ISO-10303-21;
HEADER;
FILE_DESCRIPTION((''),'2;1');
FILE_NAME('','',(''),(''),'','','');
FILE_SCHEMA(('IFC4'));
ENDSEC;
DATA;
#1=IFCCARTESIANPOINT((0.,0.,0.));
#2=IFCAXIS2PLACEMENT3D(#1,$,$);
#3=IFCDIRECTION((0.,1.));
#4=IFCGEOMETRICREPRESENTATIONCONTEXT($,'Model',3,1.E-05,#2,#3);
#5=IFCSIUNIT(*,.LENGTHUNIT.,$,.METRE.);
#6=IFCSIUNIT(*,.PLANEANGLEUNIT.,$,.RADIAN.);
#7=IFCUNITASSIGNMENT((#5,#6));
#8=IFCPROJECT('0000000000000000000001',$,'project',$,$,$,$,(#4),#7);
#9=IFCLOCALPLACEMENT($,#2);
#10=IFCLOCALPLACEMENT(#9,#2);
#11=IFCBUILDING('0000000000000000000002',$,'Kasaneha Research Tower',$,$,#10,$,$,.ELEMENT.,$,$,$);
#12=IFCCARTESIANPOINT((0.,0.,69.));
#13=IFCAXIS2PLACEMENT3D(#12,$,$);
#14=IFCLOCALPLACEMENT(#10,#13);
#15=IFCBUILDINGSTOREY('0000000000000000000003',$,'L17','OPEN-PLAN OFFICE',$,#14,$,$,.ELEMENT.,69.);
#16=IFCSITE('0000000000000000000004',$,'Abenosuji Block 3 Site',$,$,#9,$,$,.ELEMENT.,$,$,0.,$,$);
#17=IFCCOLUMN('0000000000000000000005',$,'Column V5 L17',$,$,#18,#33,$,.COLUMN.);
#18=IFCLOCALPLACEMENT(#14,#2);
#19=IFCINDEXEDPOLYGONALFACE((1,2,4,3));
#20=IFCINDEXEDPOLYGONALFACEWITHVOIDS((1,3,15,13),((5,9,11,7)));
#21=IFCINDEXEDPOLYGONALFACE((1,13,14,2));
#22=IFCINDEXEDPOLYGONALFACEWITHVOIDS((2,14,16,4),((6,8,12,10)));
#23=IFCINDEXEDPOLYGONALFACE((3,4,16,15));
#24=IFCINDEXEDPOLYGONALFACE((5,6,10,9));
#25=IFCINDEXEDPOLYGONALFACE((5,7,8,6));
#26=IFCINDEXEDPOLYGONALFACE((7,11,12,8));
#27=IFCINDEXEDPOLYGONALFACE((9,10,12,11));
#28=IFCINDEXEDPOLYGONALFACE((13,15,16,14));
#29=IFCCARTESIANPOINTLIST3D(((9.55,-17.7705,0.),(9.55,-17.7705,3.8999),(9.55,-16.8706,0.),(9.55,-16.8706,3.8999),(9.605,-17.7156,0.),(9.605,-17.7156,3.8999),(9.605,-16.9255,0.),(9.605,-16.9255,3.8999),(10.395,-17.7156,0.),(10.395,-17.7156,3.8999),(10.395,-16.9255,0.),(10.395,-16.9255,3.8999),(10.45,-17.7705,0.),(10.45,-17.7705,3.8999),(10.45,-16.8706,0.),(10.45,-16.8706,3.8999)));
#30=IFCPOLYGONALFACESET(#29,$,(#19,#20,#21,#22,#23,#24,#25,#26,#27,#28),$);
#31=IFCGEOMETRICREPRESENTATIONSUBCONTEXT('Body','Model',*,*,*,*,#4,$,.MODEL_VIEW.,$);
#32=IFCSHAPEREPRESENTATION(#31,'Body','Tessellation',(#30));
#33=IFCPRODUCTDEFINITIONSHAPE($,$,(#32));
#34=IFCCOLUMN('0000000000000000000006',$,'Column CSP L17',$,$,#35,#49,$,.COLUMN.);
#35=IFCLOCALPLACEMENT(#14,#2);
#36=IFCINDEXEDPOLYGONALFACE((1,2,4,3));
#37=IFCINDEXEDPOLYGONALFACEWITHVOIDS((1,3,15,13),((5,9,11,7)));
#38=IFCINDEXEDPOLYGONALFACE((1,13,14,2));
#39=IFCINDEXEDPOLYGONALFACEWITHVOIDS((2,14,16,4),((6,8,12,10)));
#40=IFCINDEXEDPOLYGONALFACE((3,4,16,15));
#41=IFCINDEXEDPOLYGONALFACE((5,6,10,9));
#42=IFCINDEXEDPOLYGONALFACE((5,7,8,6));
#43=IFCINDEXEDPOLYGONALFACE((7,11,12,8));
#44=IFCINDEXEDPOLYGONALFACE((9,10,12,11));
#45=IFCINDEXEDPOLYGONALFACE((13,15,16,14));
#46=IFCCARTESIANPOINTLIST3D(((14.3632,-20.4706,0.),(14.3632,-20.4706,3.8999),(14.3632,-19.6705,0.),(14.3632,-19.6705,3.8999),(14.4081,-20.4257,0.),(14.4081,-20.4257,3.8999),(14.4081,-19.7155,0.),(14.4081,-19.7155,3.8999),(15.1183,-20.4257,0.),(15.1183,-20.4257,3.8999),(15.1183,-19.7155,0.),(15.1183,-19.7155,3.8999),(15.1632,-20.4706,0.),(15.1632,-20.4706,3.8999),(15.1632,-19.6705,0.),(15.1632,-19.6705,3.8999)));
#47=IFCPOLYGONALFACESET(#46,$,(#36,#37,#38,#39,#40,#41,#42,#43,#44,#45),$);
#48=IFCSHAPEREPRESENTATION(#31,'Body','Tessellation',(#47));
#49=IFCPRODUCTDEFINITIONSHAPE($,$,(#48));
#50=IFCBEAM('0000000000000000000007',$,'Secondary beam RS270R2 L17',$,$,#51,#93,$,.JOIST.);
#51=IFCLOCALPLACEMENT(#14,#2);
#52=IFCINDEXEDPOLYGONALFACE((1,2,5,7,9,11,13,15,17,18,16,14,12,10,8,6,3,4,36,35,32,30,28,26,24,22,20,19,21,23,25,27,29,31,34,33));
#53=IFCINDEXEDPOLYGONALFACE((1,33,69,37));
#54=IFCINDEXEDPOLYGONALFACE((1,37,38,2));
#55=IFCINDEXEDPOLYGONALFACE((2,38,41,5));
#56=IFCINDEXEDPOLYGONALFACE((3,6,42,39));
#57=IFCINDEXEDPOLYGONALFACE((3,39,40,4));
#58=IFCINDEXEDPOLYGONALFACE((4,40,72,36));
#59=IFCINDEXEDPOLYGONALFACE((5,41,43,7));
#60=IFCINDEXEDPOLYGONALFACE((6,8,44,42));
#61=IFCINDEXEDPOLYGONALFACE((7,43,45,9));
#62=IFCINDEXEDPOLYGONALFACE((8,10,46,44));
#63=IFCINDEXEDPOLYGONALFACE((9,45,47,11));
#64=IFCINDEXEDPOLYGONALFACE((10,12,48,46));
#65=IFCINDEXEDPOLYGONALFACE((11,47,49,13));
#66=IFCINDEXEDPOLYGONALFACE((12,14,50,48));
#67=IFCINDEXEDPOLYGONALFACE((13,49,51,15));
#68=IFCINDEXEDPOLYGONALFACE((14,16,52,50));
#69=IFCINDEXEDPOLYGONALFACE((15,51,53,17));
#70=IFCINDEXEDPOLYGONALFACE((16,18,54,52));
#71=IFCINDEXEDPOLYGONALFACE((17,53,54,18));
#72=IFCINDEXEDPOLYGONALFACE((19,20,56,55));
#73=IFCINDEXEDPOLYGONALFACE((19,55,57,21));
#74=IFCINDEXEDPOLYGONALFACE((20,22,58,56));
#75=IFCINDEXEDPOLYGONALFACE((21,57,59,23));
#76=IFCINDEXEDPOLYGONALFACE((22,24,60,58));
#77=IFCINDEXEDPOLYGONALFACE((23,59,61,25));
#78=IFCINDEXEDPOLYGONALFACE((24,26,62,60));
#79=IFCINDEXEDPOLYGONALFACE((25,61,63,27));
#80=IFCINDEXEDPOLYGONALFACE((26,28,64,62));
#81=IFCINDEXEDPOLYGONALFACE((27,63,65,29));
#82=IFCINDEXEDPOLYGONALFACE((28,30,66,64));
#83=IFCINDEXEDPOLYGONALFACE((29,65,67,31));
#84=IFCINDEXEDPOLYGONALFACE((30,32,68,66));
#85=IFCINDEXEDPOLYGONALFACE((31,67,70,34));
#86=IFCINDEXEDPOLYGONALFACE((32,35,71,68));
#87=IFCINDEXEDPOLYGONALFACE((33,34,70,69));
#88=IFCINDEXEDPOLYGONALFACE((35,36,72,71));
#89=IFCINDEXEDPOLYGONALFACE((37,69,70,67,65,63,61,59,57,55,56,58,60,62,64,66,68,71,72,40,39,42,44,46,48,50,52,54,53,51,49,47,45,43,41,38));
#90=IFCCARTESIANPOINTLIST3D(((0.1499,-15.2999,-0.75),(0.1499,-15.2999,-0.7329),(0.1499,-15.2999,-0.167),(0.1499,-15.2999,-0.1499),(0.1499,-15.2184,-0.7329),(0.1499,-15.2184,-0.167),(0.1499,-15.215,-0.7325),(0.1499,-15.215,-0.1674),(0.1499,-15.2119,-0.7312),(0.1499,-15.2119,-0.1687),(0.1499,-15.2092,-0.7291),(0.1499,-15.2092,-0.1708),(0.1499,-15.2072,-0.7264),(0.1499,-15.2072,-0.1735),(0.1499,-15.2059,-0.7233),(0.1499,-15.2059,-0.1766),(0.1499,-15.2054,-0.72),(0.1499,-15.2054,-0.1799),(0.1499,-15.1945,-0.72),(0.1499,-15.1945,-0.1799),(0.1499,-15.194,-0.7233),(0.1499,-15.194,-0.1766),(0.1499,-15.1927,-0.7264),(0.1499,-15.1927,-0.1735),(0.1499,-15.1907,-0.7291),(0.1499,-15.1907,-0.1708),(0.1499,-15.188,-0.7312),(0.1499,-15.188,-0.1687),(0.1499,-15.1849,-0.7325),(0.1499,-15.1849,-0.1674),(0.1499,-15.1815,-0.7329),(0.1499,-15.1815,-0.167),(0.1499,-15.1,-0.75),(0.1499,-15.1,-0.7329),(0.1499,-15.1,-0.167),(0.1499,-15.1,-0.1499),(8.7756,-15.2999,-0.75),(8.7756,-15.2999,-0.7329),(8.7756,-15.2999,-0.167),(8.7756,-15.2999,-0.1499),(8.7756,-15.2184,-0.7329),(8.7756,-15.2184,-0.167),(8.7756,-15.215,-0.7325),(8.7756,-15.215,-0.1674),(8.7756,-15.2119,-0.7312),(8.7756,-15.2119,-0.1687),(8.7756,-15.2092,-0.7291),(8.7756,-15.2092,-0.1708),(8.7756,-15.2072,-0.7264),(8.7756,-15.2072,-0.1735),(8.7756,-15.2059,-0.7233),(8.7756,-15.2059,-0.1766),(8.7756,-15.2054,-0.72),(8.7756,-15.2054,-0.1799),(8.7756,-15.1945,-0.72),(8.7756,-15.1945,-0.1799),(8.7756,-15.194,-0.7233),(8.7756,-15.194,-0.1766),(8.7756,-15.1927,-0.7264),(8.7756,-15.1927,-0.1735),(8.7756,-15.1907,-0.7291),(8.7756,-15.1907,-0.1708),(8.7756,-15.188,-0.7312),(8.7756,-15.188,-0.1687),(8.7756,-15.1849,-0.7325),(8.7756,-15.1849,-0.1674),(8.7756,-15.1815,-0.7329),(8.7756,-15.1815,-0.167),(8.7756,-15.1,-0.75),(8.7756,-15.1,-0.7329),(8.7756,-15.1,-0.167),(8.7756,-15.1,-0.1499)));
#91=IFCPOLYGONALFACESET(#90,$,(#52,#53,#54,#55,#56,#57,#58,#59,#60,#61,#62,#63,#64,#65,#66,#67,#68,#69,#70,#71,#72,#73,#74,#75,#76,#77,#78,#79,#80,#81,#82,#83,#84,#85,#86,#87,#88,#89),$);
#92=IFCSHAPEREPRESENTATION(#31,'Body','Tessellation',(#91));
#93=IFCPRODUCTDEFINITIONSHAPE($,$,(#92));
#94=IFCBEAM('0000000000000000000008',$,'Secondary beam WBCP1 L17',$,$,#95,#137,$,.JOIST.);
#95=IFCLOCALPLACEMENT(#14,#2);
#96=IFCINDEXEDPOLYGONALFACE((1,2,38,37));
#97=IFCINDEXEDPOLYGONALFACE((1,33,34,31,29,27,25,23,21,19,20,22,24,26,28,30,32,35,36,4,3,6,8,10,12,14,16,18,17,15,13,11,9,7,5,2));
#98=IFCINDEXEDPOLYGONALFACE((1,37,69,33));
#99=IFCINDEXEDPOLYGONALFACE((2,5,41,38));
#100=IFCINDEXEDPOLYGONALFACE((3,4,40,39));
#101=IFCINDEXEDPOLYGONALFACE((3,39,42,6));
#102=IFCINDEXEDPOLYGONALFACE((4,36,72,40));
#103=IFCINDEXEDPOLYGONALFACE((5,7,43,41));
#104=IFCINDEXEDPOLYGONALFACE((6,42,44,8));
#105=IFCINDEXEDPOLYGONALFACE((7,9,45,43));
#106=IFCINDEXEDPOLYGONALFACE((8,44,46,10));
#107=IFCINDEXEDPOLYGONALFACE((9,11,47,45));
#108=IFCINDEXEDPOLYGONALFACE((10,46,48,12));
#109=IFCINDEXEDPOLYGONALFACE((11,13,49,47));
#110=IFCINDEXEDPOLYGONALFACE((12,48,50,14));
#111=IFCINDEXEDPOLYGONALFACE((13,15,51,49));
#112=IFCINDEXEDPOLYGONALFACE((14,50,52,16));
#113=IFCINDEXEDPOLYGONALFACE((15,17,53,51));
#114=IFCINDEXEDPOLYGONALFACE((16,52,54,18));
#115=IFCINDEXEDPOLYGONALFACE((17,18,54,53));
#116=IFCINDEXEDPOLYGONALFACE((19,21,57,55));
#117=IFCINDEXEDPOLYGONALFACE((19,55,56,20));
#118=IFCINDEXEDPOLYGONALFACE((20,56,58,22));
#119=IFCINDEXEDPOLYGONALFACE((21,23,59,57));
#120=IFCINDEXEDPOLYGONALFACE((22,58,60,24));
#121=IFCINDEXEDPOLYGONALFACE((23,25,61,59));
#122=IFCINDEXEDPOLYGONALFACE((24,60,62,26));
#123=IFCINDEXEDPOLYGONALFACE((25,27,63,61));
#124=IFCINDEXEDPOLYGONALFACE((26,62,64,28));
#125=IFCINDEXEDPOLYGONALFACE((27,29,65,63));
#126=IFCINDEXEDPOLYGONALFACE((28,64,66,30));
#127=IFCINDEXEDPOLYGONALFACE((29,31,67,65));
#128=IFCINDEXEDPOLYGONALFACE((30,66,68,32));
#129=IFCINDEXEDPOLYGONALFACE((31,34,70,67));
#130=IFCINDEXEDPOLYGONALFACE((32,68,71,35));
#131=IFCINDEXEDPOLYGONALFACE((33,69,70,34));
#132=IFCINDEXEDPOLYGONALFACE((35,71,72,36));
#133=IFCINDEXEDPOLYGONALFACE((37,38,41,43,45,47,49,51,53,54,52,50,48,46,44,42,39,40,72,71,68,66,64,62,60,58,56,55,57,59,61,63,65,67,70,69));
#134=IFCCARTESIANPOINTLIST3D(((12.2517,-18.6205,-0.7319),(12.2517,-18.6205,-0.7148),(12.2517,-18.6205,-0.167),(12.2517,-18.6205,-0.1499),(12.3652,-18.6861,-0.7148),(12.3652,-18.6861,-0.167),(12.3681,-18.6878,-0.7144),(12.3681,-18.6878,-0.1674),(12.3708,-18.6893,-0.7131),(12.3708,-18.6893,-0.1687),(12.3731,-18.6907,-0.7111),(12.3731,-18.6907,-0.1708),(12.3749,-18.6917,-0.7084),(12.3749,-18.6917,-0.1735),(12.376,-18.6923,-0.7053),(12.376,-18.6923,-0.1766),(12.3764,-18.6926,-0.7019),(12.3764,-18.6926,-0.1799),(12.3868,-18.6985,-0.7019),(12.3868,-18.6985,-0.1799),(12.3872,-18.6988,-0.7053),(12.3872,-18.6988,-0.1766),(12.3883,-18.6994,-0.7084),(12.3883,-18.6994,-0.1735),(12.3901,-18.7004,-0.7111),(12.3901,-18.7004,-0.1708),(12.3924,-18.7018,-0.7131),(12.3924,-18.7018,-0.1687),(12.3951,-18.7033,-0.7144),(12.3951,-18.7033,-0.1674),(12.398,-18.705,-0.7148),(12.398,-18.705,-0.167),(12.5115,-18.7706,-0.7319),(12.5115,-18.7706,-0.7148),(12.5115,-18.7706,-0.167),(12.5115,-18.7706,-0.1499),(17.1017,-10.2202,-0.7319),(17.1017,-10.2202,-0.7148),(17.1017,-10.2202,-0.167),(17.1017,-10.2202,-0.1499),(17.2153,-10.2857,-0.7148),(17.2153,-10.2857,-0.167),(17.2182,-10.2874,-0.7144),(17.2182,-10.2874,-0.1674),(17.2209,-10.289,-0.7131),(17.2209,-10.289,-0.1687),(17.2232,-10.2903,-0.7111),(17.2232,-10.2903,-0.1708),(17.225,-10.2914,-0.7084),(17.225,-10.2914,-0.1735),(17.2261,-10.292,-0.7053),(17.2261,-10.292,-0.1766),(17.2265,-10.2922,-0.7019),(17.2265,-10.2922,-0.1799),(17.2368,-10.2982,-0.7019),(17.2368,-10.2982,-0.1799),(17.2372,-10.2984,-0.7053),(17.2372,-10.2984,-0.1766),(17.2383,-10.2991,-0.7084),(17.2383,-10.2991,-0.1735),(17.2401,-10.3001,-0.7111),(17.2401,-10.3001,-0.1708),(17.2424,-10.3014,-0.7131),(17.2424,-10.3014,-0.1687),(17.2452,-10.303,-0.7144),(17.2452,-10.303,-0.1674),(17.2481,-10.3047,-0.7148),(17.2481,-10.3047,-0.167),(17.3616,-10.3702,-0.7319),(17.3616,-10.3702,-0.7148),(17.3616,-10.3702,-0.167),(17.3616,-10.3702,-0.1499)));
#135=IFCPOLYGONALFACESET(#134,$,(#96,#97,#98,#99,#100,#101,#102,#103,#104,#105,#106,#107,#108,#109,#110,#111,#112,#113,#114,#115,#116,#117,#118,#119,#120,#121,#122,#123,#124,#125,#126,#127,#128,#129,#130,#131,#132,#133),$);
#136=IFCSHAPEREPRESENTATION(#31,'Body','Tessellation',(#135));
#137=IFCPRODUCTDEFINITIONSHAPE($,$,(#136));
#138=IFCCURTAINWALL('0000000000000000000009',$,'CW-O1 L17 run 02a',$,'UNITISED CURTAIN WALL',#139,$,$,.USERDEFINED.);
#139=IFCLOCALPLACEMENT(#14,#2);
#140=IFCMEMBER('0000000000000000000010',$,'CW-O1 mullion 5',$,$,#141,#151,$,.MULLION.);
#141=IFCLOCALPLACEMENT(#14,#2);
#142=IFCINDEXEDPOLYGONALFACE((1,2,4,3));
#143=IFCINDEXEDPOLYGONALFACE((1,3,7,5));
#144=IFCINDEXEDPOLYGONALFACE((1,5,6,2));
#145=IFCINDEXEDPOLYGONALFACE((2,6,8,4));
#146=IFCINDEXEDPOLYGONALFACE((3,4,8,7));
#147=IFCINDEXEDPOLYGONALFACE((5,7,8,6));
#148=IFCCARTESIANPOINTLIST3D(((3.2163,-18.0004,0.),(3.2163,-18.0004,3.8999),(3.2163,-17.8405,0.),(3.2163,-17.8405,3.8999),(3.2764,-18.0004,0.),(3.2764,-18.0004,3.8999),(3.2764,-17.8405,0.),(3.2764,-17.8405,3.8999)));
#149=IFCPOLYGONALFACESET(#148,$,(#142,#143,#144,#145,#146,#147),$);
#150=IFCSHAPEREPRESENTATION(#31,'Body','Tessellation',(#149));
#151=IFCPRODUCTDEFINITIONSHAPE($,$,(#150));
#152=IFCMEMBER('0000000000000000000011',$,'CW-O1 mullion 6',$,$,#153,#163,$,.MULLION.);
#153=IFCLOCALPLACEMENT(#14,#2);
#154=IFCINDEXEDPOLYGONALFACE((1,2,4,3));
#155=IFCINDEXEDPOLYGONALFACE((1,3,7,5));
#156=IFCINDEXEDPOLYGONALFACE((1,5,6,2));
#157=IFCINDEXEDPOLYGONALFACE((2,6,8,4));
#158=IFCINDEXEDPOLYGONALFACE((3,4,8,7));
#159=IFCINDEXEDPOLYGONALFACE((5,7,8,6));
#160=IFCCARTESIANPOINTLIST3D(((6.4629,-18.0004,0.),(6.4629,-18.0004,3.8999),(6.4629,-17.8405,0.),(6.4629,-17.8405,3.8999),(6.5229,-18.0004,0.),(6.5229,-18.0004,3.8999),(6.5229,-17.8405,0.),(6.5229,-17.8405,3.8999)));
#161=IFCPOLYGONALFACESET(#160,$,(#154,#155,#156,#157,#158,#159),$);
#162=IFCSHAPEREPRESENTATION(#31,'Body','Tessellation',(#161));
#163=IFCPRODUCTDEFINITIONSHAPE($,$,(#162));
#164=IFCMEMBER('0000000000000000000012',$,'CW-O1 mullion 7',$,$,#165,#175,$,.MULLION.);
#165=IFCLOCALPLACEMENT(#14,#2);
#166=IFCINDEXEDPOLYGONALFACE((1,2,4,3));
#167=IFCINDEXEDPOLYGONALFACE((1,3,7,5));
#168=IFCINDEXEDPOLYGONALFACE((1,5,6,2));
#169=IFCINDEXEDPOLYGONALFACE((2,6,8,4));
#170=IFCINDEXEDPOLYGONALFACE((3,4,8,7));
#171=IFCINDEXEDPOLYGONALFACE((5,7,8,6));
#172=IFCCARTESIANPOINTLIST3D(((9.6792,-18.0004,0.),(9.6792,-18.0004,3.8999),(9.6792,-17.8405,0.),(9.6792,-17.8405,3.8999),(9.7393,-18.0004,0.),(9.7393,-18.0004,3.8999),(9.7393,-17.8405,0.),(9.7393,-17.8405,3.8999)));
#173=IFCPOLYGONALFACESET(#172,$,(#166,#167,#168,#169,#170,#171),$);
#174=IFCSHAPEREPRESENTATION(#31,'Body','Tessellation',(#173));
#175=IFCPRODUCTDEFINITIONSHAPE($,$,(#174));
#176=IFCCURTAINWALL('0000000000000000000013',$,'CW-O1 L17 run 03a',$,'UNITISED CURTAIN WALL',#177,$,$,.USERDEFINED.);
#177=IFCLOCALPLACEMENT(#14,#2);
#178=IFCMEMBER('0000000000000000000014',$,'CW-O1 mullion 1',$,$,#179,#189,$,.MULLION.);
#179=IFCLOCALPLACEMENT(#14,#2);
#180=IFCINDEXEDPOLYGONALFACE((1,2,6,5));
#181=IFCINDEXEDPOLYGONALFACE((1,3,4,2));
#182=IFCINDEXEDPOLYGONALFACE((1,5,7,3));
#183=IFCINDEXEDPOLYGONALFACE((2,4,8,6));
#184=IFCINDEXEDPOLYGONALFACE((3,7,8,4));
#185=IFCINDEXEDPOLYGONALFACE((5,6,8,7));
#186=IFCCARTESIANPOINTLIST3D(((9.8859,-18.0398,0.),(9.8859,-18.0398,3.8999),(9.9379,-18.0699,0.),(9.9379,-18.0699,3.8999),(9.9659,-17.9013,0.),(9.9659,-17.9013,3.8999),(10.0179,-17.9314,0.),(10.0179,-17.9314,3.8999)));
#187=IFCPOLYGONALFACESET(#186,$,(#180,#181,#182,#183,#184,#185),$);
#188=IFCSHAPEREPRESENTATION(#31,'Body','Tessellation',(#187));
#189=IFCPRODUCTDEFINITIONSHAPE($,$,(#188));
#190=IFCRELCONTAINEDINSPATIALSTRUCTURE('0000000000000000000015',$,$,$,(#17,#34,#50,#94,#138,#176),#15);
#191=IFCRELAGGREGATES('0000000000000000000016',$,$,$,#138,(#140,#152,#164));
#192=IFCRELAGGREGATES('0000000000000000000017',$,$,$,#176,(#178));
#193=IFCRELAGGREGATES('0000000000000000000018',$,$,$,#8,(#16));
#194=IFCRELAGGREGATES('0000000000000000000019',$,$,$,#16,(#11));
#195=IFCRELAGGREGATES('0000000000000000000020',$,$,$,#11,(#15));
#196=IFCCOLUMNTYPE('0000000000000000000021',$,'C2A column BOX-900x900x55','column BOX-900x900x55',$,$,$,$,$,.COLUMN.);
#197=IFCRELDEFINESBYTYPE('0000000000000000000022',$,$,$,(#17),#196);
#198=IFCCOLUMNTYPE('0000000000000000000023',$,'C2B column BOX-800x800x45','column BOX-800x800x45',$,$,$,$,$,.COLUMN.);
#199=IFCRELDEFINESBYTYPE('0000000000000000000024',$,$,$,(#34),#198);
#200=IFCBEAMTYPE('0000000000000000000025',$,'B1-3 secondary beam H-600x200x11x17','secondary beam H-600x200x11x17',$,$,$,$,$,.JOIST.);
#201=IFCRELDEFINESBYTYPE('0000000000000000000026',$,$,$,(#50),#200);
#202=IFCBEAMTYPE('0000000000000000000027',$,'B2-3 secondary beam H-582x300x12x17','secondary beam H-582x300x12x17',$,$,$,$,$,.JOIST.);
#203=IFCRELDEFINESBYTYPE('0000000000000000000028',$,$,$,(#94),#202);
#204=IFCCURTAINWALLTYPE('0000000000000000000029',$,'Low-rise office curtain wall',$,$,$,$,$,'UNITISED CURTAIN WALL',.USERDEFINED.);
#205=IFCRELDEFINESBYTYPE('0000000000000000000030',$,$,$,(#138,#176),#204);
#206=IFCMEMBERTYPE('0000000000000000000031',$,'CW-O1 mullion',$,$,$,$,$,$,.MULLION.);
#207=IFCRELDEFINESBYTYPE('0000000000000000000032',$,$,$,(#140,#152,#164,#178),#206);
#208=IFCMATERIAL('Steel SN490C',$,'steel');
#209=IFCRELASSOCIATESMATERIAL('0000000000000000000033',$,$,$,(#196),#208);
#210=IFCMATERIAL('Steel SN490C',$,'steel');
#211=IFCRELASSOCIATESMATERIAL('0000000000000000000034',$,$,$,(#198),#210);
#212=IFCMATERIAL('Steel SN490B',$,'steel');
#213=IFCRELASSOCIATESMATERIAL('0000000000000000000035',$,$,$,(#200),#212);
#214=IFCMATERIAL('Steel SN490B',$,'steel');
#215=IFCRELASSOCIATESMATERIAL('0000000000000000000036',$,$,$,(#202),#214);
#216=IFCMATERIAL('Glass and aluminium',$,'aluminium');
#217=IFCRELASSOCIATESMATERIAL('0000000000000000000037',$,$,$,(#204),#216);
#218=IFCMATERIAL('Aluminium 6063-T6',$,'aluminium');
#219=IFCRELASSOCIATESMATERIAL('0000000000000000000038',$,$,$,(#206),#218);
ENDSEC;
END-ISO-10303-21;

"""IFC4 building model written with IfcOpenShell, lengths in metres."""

from ifc_helpers import new_model, si_unit, direction, frame, origin, origin_2d, place, context, subcontext, project, spatial, rectangle, hollow_rectangle, i_section, extrude, material, material_profile, profile_set, type_object, element, aggregate, save


model = new_model("IFC4")

# Units and contexts
model_context = context("Model", 3, precision=1e-05, world=origin(), true_north=direction((0.0, 1.0)))
body_context = subcontext(model_context, "Body", "Model", "MODEL_VIEW")
ifc_project = project(units=[si_unit("LENGTHUNIT", "METRE"), si_unit("PLANEANGLEUNIT", "RADIAN")], contexts=[model_context])

# Site, building, storey
site_placement = place(None, origin())
site = spatial("IfcSite", under=ifc_project, at=site_placement, Name="Abenosuji Block 3 Site", CompositionType="ELEMENT", RefElevation=0.0)
building_placement = place(site_placement, origin())
building = spatial("IfcBuilding", under=site, at=building_placement, Name="Kasaneha Research Tower", CompositionType="ELEMENT")
storey_placement = place(building_placement, frame((0.0, 0.0, 69.0)))
storey = spatial("IfcBuildingStorey", under=building, at=storey_placement, Name="L17", Description="OPEN-PLAN OFFICE", CompositionType="ELEMENT", Elevation=69.0)

# Columns
ifc_material_1 = material(Name="Steel SN490C", Category="steel")
ifc_material_profile_1 = material_profile(ifc_material_1, hollow_rectangle(XDim=0.8999, YDim=0.8999, WallThickness=0.0549, at=origin_2d()), Name="BOX-900x900x55")
ifc_profile_set_1 = profile_set([ifc_material_profile_1], Name="Steel SN490C")
column_type_1 = type_object("IfcColumnType", Name="C2A column BOX-900x900x55", Description="column BOX-900x900x55", PredefinedType="COLUMN", material=ifc_profile_set_1)
column_1_placement = place(storey_placement, frame((10.0, -17.3206, 0.0), z_axis=(0.0, 0.0, 1.0), x_axis=(1.0, 0.0, 0.0)))
element("IfcColumn", 1, at=column_1_placement, inside=storey, type_object=column_type_1, Name="Column V5 L17", PredefinedType="COLUMN", context=body_context, shape_type="SweptSolid", body=[
    extrude(hollow_rectangle(XDim=0.8999, YDim=0.8999, WallThickness=0.0549, at=origin_2d()), origin(), (0.0, 0.0, 1.0), 3.8999),
])
ifc_material_2 = material(Name="Steel SN490C", Category="steel")
ifc_material_profile_2 = material_profile(ifc_material_2, hollow_rectangle(XDim=0.8, YDim=0.8, WallThickness=0.0449, at=origin_2d()), Name="BOX-800x800x45")
ifc_profile_set_2 = profile_set([ifc_material_profile_2], Name="Steel SN490C")
column_type_2 = type_object("IfcColumnType", Name="C2B column BOX-800x800x45", Description="column BOX-800x800x45", PredefinedType="COLUMN", material=ifc_profile_set_2)
column_2_placement = place(storey_placement, frame((14.7632, -20.0706, 0.0), z_axis=(0.0, 0.0, 1.0), x_axis=(1.0, 0.0, 0.0)))
element("IfcColumn", 2, at=column_2_placement, inside=storey, type_object=column_type_2, Name="Column CSP L17", PredefinedType="COLUMN", context=body_context, shape_type="SweptSolid", body=[
    extrude(hollow_rectangle(XDim=0.8, YDim=0.8, WallThickness=0.0449, at=origin_2d()), origin(), (0.0, 0.0, 1.0), 3.8999),
])

# Beams
ifc_material_3 = material(Name="Steel SN490B", Category="steel")
ifc_material_profile_3 = material_profile(ifc_material_3, i_section(OverallWidth=0.2, OverallDepth=0.6001, WebThickness=0.011, FlangeThickness=0.0171, FilletRadius=0.0129, at=origin_2d()), Name="H-600x200x11x17")
ifc_profile_set_3 = profile_set([ifc_material_profile_3], Name="Steel SN490B")
beam_type_1 = type_object("IfcBeamType", Name="B1-3 secondary beam H-600x200x11x17", Description="secondary beam H-600x200x11x17", PredefinedType="JOIST", material=ifc_profile_set_3)
beam_1_placement = place(storey_placement, frame((8.7756, -15.2, -0.45), z_axis=(-1.0, 0.0, 0.0), x_axis=(0.0, -1.0, 0.0)))
element("IfcBeam", 3, at=beam_1_placement, inside=storey, type_object=beam_type_1, Name="Secondary beam RS270R2 L17", PredefinedType="JOIST", context=body_context, shape_type="SweptSolid", body=[
    extrude(i_section(OverallWidth=0.2, OverallDepth=0.6001, WebThickness=0.011, FlangeThickness=0.0171, FilletRadius=0.0129, at=origin_2d()), origin(), (0.0, 0.0, 1.0), 8.6257),
])
ifc_material_4 = material(Name="Steel SN490B", Category="steel")
ifc_material_profile_4 = material_profile(ifc_material_4, i_section(OverallWidth=0.3, OverallDepth=0.582, WebThickness=0.012, FlangeThickness=0.0171, FilletRadius=0.0129, at=origin_2d()), Name="H-582x300x12x17")
ifc_profile_set_4 = profile_set([ifc_material_profile_4], Name="Steel SN490B")
beam_type_2 = type_object("IfcBeamType", Name="B2-3 secondary beam H-582x300x12x17", Description="secondary beam H-582x300x12x17", PredefinedType="JOIST", material=ifc_profile_set_4)
beam_2_placement = place(storey_placement, frame((12.3816, -18.6956, -0.4409), z_axis=(0.50001, 0.86602, 0.0), x_axis=(-0.86602, 0.50001, 0.0)))
element("IfcBeam", 4, at=beam_2_placement, inside=storey, type_object=beam_type_2, Name="Secondary beam WBCP1 L17", PredefinedType="JOIST", context=body_context, shape_type="SweptSolid", body=[
    extrude(i_section(OverallWidth=0.3, OverallDepth=0.582, WebThickness=0.012, FlangeThickness=0.0171, FilletRadius=0.0129, at=origin_2d()), origin(), (0.0, 0.0, 1.0), 9.7),
])

# Curtain walls, members
ifc_material_5 = material(Name="Glass and aluminium", Category="aluminium")
curtain_wall_type = type_object("IfcCurtainWallType", Name="Low-rise office curtain wall", ElementType="UNITISED CURTAIN WALL", PredefinedType="USERDEFINED", material=ifc_material_5)
curtain_wall_1_placement = place(storey_placement, origin())
curtain_wall_1 = element("IfcCurtainWall", 5, at=curtain_wall_1_placement, inside=storey, type_object=curtain_wall_type, Name="CW-O1 L17 run 02a", ObjectType="UNITISED CURTAIN WALL", PredefinedType="USERDEFINED")
ifc_material_6 = material(Name="Aluminium 6063-T6", Category="aluminium")
ifc_material_profile_5 = material_profile(ifc_material_6, rectangle(XDim=0.0601, YDim=0.1599, at=origin_2d()), Name="CW-O1 mullion 60x160")
ifc_profile_set_5 = profile_set([ifc_material_profile_5], Name="Aluminium 6063-T6")
member_type_1 = type_object("IfcMemberType", Name="CW-O1 mullion", PredefinedType="MULLION", material=ifc_profile_set_5)
member_1_placement = place(storey_placement, frame((3.2463, -17.9204, 0.0), z_axis=(0.0, 0.0, 1.0), x_axis=(1.0, 0.0, 0.0)))
member_1 = element("IfcMember", 6, at=member_1_placement, type_object=member_type_1, Name="CW-O1 mullion 5", PredefinedType="MULLION", context=body_context, shape_type="SweptSolid", body=[
    extrude(rectangle(XDim=0.0601, YDim=0.1599, at=origin_2d()), origin(), (0.0, 0.0, 1.0), 3.8999),
])
member_2_placement = place(storey_placement, frame((6.4929, -17.9204, 0.0), z_axis=(0.0, 0.0, 1.0), x_axis=(1.0, 0.0, 0.0)))
member_2 = element("IfcMember", 7, at=member_2_placement, type_object=member_type_1, Name="CW-O1 mullion 6", PredefinedType="MULLION", context=body_context, shape_type="SweptSolid", body=[
    extrude(rectangle(XDim=0.0601, YDim=0.1599, at=origin_2d()), origin(), (0.0, 0.0, 1.0), 3.8999),
])
member_3_placement = place(storey_placement, frame((9.7092, -17.9204, 0.0), z_axis=(0.0, 0.0, 1.0), x_axis=(1.0, 0.0, 0.0)))
member_3 = element("IfcMember", 8, at=member_3_placement, type_object=member_type_1, Name="CW-O1 mullion 7", PredefinedType="MULLION", context=body_context, shape_type="SweptSolid", body=[
    extrude(rectangle(XDim=0.0601, YDim=0.1599, at=origin_2d()), origin(), (0.0, 0.0, 1.0), 3.8999),
])
curtain_wall_2_placement = place(storey_placement, origin())
curtain_wall_2 = element("IfcCurtainWall", 9, at=curtain_wall_2_placement, inside=storey, type_object=curtain_wall_type, Name="CW-O1 L17 run 03a", ObjectType="UNITISED CURTAIN WALL", PredefinedType="USERDEFINED")
member_4_placement = place(storey_placement, frame((9.9519, -17.9856, 0.0), z_axis=(0.0, 0.0, 1.0), x_axis=(0.866025, -0.5, 0.0)))
member_4 = element("IfcMember", 10, at=member_4_placement, type_object=member_type_1, Name="CW-O1 mullion 1", PredefinedType="MULLION", context=body_context, shape_type="SweptSolid", body=[
    extrude(rectangle(XDim=0.0601, YDim=0.1599, at=origin_2d()), origin(), (0.0, 0.0, 1.0), 3.8999),
])

aggregate(curtain_wall_1, [member_1, member_2, member_3])
aggregate(curtain_wall_2, [member_4])

save(model, "model.ifc")
